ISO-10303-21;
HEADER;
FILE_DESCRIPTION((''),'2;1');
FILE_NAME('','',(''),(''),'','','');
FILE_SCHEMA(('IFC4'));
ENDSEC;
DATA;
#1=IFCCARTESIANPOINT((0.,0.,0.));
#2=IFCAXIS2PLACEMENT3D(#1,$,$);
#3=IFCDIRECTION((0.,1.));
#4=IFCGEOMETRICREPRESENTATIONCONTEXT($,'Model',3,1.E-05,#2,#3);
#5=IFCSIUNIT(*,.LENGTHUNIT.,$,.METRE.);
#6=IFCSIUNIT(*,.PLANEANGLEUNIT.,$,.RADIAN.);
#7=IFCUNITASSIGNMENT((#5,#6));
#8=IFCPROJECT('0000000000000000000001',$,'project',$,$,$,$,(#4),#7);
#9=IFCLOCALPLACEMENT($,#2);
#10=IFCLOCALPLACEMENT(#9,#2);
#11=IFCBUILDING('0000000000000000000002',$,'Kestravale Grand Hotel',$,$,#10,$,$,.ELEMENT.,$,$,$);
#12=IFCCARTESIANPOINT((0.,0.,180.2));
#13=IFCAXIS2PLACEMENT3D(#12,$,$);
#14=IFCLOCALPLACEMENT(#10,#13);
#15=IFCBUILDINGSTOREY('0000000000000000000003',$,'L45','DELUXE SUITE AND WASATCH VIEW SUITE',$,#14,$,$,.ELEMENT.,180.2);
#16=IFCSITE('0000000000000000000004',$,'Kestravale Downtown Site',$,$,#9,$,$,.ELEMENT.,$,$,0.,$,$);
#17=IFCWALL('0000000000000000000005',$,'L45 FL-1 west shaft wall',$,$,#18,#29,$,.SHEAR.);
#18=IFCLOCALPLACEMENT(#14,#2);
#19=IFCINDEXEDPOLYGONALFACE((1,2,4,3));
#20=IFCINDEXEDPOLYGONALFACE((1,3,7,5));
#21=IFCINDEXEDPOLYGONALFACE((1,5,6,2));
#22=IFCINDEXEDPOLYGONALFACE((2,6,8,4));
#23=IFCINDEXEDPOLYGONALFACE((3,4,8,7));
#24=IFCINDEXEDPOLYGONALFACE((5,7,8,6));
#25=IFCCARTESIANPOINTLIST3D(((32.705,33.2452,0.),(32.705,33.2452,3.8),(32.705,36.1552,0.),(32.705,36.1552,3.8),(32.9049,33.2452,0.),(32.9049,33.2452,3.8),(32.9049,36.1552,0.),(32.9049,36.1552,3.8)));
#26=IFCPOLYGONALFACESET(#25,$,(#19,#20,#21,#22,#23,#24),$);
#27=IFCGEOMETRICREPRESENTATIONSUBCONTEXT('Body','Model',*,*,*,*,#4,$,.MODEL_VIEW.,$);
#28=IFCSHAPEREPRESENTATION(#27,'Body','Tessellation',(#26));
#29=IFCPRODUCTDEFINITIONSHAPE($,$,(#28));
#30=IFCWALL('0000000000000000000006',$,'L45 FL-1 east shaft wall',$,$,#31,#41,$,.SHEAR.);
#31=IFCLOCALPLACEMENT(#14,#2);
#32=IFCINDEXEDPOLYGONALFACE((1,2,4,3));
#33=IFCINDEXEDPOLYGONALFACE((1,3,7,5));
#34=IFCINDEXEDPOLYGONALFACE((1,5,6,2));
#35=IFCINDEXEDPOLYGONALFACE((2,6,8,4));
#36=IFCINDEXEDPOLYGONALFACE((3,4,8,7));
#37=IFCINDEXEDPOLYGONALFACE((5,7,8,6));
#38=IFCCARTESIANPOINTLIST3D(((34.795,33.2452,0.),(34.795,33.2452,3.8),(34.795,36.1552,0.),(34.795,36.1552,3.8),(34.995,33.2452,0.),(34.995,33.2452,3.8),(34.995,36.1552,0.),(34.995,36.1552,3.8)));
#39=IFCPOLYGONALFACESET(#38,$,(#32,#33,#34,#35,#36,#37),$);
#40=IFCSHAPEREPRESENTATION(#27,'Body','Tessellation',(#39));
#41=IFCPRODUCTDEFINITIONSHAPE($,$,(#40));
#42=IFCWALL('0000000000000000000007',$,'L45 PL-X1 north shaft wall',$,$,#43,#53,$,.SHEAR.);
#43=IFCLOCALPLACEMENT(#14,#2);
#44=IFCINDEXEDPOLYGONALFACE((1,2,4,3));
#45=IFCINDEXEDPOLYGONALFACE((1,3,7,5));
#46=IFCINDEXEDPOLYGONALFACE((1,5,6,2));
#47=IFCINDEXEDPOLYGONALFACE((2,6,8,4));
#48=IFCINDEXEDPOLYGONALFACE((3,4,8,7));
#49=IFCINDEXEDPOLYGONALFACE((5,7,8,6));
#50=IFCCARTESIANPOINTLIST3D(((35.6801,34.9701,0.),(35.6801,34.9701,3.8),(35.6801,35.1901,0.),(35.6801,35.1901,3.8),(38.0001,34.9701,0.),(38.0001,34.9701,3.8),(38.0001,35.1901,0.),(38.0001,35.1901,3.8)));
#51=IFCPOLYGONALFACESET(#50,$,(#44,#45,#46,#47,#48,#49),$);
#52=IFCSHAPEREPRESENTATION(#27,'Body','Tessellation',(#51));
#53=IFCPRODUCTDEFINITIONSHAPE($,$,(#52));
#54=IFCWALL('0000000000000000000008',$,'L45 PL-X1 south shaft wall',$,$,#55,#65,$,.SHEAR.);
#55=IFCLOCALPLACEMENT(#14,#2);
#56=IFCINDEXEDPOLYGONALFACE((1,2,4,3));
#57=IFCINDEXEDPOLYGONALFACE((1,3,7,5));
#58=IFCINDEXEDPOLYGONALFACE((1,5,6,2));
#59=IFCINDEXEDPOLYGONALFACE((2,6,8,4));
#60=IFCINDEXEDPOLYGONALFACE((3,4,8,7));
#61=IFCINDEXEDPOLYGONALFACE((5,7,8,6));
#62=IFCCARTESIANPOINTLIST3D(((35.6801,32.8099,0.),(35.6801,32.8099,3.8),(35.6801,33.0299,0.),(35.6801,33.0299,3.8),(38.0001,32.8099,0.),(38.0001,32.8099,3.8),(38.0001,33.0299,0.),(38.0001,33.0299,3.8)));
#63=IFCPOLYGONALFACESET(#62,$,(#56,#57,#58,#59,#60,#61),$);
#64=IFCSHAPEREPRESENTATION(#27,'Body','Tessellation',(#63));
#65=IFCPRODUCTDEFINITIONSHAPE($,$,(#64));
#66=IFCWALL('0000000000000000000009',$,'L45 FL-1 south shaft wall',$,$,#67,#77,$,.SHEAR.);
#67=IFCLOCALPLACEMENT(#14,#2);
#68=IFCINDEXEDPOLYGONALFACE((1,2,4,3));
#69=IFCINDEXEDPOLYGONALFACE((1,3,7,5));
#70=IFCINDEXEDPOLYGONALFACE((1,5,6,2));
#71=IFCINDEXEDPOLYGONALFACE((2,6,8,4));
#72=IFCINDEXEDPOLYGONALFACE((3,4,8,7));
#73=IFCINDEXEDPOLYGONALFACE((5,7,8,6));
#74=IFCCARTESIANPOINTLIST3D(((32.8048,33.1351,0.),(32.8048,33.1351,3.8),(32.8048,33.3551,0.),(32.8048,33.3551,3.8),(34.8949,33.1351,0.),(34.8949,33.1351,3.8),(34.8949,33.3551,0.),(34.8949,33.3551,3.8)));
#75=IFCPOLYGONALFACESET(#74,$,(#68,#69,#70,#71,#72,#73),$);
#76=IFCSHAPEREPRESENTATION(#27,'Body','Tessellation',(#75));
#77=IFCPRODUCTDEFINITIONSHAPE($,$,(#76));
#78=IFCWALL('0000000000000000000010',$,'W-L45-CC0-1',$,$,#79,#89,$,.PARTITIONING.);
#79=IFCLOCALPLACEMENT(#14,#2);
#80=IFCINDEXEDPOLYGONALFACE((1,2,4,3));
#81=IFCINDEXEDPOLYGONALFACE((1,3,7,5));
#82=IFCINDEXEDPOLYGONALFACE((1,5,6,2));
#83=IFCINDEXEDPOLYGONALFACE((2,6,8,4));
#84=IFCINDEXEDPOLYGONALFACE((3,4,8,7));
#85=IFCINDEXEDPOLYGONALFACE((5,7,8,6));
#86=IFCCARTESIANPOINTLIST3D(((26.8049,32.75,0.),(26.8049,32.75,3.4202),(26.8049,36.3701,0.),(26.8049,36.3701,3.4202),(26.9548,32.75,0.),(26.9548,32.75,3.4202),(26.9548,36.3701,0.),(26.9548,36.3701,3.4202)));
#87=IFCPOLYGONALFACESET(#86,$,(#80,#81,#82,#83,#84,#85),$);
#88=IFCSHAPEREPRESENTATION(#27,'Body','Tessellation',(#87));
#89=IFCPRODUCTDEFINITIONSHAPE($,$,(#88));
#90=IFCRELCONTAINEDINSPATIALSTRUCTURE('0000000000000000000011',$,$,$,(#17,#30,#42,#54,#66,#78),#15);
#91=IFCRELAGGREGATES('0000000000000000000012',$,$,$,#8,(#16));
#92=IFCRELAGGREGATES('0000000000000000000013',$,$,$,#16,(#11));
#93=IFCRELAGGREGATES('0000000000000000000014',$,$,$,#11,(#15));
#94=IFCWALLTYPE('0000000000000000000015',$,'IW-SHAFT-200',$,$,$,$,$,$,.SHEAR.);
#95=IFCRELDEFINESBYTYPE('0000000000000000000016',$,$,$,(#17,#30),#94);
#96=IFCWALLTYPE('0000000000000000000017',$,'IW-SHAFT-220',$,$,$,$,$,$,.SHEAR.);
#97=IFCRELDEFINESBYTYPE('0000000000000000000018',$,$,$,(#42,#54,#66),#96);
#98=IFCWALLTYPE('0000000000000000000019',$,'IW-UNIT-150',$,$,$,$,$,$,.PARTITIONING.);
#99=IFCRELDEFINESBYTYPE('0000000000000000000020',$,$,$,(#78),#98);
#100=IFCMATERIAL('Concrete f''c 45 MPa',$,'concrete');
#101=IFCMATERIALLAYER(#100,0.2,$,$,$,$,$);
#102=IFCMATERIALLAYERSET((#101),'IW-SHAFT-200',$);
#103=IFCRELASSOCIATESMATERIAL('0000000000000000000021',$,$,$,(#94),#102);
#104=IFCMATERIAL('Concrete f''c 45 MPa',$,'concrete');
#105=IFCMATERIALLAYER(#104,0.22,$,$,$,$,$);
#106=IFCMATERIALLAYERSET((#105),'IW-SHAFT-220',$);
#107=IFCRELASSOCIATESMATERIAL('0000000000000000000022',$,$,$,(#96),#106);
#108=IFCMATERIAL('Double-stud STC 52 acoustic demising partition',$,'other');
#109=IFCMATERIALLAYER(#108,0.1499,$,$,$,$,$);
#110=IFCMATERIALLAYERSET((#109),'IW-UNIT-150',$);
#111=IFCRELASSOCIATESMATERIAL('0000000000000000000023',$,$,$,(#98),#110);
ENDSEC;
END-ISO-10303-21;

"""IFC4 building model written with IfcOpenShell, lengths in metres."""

from ifc_helpers import new_model, si_unit, direction, frame, frame_2d, origin, place, context, subcontext, project, spatial, rectangle, extrude, material, layer, layer_set, type_object, element, save


model = new_model("IFC4")

# Units and contexts
model_context = context("Model", 3, precision=1e-05, world=origin(), true_north=direction((0.0, 1.0)))
body_context = subcontext(model_context, "Body", "Model", "MODEL_VIEW")
ifc_project = project(units=[si_unit("LENGTHUNIT", "METRE"), si_unit("PLANEANGLEUNIT", "RADIAN")], contexts=[model_context])

# Site, building, storey
site_placement = place(None, origin())
site = spatial("IfcSite", under=ifc_project, at=site_placement, Name="Kestravale Downtown Site", CompositionType="ELEMENT", RefElevation=0.0)
building_placement = place(site_placement, origin())
building = spatial("IfcBuilding", under=site, at=building_placement, Name="Kestravale Grand Hotel", CompositionType="ELEMENT")
storey_placement = place(building_placement, frame((0.0, 0.0, 180.2)))
storey = spatial("IfcBuildingStorey", under=building, at=storey_placement, Name="L45", Description="DELUXE SUITE AND WASATCH VIEW SUITE", CompositionType="ELEMENT", Elevation=180.2)

# Walls
ifc_material_1 = material(Name="Concrete f'c 45 MPa", Category="concrete")
ifc_layer_1 = layer(ifc_material_1, 0.2)
ifc_layer_set_1 = layer_set([ifc_layer_1], Name="IW-SHAFT-200")
wall_type_1 = type_object("IfcWallType", Name="IW-SHAFT-200", PredefinedType="SHEAR", material=ifc_layer_set_1)
for number, where, z_axis, x_axis, name in (
    (1, (32.8049, 33.2451, 0.0), (0.0, 0.0, 1.0), (0.0, 1.0, 0.0), "L45 FL-1 west shaft wall"),
    (2, (34.895, 33.2451, 0.0), (0.0, 0.0, 1.0), (0.0, 1.0, 0.0), "L45 FL-1 east shaft wall"),
):
    element("IfcWall", number, at=place(storey_placement, frame(where, z_axis=z_axis, x_axis=x_axis)), inside=storey, type_object=wall_type_1, Name=name, PredefinedType="SHEAR", context=body_context, shape_type="SweptSolid", body=[
        extrude(rectangle(XDim=2.9099, YDim=0.2, at=frame_2d((1.4551, 0.0))), origin(), (0.0, 0.0, 1.0), 3.8),
    ])
ifc_material_2 = material(Name="Concrete f'c 45 MPa", Category="concrete")
ifc_layer_2 = layer(ifc_material_2, 0.22)
ifc_layer_set_2 = layer_set([ifc_layer_2], Name="IW-SHAFT-220")
wall_type_2 = type_object("IfcWallType", Name="IW-SHAFT-220", PredefinedType="SHEAR", material=ifc_layer_set_2)
for number, where, z_axis, x_axis, name in (
    (3, (35.6799, 35.0801, 0.0), (0.0, 0.0, 1.0), (1.0, 0.0, 0.0), "L45 PL-X1 north shaft wall"),
    (4, (35.6799, 32.9199, 0.0), (0.0, 0.0, 1.0), (1.0, 0.0, 0.0), "L45 PL-X1 south shaft wall"),
):
    element("IfcWall", number, at=place(storey_placement, frame(where, z_axis=z_axis, x_axis=x_axis)), inside=storey, type_object=wall_type_2, Name=name, PredefinedType="SHEAR", context=body_context, shape_type="SweptSolid", body=[
        extrude(rectangle(XDim=2.3201, YDim=0.22, at=frame_2d((1.1602, 0.0))), origin(), (0.0, 0.0, 1.0), 3.8),
    ])

# Walls
wall_1_placement = place(storey_placement, frame((32.8049, 33.2451, 0.0), z_axis=(0.0, 0.0, 1.0), x_axis=(1.0, 0.0, 0.0)))
element("IfcWall", 5, at=wall_1_placement, inside=storey, type_object=wall_type_2, Name="L45 FL-1 south shaft wall", PredefinedType="SHEAR", context=body_context, shape_type="SweptSolid", body=[
    extrude(rectangle(XDim=2.0901, YDim=0.22, at=frame_2d((1.0449, 0.0))), origin(), (0.0, 0.0, 1.0), 3.8),
])
ifc_material_3 = material(Name="Double-stud STC 52 acoustic demising partition", Category="other")
ifc_layer_3 = layer(ifc_material_3, 0.1499)
ifc_layer_set_3 = layer_set([ifc_layer_3], Name="IW-UNIT-150")
wall_type_3 = type_object("IfcWallType", Name="IW-UNIT-150", PredefinedType="PARTITIONING", material=ifc_layer_set_3)
wall_2_placement = place(storey_placement, frame((26.8799, 32.75, 0.0), z_axis=(0.0, 0.0, 1.0), x_axis=(0.0, 1.0, 0.0)))
element("IfcWall", 6, at=wall_2_placement, inside=storey, type_object=wall_type_3, Name="W-L45-CC0-1", PredefinedType="PARTITIONING", context=body_context, shape_type="SweptSolid", body=[
    extrude(rectangle(XDim=3.6201, YDim=0.1499, at=frame_2d((1.8101, 0.0))), origin(), (0.0, 0.0, 1.0), 3.4202),
])

save(model, "model.ifc")
